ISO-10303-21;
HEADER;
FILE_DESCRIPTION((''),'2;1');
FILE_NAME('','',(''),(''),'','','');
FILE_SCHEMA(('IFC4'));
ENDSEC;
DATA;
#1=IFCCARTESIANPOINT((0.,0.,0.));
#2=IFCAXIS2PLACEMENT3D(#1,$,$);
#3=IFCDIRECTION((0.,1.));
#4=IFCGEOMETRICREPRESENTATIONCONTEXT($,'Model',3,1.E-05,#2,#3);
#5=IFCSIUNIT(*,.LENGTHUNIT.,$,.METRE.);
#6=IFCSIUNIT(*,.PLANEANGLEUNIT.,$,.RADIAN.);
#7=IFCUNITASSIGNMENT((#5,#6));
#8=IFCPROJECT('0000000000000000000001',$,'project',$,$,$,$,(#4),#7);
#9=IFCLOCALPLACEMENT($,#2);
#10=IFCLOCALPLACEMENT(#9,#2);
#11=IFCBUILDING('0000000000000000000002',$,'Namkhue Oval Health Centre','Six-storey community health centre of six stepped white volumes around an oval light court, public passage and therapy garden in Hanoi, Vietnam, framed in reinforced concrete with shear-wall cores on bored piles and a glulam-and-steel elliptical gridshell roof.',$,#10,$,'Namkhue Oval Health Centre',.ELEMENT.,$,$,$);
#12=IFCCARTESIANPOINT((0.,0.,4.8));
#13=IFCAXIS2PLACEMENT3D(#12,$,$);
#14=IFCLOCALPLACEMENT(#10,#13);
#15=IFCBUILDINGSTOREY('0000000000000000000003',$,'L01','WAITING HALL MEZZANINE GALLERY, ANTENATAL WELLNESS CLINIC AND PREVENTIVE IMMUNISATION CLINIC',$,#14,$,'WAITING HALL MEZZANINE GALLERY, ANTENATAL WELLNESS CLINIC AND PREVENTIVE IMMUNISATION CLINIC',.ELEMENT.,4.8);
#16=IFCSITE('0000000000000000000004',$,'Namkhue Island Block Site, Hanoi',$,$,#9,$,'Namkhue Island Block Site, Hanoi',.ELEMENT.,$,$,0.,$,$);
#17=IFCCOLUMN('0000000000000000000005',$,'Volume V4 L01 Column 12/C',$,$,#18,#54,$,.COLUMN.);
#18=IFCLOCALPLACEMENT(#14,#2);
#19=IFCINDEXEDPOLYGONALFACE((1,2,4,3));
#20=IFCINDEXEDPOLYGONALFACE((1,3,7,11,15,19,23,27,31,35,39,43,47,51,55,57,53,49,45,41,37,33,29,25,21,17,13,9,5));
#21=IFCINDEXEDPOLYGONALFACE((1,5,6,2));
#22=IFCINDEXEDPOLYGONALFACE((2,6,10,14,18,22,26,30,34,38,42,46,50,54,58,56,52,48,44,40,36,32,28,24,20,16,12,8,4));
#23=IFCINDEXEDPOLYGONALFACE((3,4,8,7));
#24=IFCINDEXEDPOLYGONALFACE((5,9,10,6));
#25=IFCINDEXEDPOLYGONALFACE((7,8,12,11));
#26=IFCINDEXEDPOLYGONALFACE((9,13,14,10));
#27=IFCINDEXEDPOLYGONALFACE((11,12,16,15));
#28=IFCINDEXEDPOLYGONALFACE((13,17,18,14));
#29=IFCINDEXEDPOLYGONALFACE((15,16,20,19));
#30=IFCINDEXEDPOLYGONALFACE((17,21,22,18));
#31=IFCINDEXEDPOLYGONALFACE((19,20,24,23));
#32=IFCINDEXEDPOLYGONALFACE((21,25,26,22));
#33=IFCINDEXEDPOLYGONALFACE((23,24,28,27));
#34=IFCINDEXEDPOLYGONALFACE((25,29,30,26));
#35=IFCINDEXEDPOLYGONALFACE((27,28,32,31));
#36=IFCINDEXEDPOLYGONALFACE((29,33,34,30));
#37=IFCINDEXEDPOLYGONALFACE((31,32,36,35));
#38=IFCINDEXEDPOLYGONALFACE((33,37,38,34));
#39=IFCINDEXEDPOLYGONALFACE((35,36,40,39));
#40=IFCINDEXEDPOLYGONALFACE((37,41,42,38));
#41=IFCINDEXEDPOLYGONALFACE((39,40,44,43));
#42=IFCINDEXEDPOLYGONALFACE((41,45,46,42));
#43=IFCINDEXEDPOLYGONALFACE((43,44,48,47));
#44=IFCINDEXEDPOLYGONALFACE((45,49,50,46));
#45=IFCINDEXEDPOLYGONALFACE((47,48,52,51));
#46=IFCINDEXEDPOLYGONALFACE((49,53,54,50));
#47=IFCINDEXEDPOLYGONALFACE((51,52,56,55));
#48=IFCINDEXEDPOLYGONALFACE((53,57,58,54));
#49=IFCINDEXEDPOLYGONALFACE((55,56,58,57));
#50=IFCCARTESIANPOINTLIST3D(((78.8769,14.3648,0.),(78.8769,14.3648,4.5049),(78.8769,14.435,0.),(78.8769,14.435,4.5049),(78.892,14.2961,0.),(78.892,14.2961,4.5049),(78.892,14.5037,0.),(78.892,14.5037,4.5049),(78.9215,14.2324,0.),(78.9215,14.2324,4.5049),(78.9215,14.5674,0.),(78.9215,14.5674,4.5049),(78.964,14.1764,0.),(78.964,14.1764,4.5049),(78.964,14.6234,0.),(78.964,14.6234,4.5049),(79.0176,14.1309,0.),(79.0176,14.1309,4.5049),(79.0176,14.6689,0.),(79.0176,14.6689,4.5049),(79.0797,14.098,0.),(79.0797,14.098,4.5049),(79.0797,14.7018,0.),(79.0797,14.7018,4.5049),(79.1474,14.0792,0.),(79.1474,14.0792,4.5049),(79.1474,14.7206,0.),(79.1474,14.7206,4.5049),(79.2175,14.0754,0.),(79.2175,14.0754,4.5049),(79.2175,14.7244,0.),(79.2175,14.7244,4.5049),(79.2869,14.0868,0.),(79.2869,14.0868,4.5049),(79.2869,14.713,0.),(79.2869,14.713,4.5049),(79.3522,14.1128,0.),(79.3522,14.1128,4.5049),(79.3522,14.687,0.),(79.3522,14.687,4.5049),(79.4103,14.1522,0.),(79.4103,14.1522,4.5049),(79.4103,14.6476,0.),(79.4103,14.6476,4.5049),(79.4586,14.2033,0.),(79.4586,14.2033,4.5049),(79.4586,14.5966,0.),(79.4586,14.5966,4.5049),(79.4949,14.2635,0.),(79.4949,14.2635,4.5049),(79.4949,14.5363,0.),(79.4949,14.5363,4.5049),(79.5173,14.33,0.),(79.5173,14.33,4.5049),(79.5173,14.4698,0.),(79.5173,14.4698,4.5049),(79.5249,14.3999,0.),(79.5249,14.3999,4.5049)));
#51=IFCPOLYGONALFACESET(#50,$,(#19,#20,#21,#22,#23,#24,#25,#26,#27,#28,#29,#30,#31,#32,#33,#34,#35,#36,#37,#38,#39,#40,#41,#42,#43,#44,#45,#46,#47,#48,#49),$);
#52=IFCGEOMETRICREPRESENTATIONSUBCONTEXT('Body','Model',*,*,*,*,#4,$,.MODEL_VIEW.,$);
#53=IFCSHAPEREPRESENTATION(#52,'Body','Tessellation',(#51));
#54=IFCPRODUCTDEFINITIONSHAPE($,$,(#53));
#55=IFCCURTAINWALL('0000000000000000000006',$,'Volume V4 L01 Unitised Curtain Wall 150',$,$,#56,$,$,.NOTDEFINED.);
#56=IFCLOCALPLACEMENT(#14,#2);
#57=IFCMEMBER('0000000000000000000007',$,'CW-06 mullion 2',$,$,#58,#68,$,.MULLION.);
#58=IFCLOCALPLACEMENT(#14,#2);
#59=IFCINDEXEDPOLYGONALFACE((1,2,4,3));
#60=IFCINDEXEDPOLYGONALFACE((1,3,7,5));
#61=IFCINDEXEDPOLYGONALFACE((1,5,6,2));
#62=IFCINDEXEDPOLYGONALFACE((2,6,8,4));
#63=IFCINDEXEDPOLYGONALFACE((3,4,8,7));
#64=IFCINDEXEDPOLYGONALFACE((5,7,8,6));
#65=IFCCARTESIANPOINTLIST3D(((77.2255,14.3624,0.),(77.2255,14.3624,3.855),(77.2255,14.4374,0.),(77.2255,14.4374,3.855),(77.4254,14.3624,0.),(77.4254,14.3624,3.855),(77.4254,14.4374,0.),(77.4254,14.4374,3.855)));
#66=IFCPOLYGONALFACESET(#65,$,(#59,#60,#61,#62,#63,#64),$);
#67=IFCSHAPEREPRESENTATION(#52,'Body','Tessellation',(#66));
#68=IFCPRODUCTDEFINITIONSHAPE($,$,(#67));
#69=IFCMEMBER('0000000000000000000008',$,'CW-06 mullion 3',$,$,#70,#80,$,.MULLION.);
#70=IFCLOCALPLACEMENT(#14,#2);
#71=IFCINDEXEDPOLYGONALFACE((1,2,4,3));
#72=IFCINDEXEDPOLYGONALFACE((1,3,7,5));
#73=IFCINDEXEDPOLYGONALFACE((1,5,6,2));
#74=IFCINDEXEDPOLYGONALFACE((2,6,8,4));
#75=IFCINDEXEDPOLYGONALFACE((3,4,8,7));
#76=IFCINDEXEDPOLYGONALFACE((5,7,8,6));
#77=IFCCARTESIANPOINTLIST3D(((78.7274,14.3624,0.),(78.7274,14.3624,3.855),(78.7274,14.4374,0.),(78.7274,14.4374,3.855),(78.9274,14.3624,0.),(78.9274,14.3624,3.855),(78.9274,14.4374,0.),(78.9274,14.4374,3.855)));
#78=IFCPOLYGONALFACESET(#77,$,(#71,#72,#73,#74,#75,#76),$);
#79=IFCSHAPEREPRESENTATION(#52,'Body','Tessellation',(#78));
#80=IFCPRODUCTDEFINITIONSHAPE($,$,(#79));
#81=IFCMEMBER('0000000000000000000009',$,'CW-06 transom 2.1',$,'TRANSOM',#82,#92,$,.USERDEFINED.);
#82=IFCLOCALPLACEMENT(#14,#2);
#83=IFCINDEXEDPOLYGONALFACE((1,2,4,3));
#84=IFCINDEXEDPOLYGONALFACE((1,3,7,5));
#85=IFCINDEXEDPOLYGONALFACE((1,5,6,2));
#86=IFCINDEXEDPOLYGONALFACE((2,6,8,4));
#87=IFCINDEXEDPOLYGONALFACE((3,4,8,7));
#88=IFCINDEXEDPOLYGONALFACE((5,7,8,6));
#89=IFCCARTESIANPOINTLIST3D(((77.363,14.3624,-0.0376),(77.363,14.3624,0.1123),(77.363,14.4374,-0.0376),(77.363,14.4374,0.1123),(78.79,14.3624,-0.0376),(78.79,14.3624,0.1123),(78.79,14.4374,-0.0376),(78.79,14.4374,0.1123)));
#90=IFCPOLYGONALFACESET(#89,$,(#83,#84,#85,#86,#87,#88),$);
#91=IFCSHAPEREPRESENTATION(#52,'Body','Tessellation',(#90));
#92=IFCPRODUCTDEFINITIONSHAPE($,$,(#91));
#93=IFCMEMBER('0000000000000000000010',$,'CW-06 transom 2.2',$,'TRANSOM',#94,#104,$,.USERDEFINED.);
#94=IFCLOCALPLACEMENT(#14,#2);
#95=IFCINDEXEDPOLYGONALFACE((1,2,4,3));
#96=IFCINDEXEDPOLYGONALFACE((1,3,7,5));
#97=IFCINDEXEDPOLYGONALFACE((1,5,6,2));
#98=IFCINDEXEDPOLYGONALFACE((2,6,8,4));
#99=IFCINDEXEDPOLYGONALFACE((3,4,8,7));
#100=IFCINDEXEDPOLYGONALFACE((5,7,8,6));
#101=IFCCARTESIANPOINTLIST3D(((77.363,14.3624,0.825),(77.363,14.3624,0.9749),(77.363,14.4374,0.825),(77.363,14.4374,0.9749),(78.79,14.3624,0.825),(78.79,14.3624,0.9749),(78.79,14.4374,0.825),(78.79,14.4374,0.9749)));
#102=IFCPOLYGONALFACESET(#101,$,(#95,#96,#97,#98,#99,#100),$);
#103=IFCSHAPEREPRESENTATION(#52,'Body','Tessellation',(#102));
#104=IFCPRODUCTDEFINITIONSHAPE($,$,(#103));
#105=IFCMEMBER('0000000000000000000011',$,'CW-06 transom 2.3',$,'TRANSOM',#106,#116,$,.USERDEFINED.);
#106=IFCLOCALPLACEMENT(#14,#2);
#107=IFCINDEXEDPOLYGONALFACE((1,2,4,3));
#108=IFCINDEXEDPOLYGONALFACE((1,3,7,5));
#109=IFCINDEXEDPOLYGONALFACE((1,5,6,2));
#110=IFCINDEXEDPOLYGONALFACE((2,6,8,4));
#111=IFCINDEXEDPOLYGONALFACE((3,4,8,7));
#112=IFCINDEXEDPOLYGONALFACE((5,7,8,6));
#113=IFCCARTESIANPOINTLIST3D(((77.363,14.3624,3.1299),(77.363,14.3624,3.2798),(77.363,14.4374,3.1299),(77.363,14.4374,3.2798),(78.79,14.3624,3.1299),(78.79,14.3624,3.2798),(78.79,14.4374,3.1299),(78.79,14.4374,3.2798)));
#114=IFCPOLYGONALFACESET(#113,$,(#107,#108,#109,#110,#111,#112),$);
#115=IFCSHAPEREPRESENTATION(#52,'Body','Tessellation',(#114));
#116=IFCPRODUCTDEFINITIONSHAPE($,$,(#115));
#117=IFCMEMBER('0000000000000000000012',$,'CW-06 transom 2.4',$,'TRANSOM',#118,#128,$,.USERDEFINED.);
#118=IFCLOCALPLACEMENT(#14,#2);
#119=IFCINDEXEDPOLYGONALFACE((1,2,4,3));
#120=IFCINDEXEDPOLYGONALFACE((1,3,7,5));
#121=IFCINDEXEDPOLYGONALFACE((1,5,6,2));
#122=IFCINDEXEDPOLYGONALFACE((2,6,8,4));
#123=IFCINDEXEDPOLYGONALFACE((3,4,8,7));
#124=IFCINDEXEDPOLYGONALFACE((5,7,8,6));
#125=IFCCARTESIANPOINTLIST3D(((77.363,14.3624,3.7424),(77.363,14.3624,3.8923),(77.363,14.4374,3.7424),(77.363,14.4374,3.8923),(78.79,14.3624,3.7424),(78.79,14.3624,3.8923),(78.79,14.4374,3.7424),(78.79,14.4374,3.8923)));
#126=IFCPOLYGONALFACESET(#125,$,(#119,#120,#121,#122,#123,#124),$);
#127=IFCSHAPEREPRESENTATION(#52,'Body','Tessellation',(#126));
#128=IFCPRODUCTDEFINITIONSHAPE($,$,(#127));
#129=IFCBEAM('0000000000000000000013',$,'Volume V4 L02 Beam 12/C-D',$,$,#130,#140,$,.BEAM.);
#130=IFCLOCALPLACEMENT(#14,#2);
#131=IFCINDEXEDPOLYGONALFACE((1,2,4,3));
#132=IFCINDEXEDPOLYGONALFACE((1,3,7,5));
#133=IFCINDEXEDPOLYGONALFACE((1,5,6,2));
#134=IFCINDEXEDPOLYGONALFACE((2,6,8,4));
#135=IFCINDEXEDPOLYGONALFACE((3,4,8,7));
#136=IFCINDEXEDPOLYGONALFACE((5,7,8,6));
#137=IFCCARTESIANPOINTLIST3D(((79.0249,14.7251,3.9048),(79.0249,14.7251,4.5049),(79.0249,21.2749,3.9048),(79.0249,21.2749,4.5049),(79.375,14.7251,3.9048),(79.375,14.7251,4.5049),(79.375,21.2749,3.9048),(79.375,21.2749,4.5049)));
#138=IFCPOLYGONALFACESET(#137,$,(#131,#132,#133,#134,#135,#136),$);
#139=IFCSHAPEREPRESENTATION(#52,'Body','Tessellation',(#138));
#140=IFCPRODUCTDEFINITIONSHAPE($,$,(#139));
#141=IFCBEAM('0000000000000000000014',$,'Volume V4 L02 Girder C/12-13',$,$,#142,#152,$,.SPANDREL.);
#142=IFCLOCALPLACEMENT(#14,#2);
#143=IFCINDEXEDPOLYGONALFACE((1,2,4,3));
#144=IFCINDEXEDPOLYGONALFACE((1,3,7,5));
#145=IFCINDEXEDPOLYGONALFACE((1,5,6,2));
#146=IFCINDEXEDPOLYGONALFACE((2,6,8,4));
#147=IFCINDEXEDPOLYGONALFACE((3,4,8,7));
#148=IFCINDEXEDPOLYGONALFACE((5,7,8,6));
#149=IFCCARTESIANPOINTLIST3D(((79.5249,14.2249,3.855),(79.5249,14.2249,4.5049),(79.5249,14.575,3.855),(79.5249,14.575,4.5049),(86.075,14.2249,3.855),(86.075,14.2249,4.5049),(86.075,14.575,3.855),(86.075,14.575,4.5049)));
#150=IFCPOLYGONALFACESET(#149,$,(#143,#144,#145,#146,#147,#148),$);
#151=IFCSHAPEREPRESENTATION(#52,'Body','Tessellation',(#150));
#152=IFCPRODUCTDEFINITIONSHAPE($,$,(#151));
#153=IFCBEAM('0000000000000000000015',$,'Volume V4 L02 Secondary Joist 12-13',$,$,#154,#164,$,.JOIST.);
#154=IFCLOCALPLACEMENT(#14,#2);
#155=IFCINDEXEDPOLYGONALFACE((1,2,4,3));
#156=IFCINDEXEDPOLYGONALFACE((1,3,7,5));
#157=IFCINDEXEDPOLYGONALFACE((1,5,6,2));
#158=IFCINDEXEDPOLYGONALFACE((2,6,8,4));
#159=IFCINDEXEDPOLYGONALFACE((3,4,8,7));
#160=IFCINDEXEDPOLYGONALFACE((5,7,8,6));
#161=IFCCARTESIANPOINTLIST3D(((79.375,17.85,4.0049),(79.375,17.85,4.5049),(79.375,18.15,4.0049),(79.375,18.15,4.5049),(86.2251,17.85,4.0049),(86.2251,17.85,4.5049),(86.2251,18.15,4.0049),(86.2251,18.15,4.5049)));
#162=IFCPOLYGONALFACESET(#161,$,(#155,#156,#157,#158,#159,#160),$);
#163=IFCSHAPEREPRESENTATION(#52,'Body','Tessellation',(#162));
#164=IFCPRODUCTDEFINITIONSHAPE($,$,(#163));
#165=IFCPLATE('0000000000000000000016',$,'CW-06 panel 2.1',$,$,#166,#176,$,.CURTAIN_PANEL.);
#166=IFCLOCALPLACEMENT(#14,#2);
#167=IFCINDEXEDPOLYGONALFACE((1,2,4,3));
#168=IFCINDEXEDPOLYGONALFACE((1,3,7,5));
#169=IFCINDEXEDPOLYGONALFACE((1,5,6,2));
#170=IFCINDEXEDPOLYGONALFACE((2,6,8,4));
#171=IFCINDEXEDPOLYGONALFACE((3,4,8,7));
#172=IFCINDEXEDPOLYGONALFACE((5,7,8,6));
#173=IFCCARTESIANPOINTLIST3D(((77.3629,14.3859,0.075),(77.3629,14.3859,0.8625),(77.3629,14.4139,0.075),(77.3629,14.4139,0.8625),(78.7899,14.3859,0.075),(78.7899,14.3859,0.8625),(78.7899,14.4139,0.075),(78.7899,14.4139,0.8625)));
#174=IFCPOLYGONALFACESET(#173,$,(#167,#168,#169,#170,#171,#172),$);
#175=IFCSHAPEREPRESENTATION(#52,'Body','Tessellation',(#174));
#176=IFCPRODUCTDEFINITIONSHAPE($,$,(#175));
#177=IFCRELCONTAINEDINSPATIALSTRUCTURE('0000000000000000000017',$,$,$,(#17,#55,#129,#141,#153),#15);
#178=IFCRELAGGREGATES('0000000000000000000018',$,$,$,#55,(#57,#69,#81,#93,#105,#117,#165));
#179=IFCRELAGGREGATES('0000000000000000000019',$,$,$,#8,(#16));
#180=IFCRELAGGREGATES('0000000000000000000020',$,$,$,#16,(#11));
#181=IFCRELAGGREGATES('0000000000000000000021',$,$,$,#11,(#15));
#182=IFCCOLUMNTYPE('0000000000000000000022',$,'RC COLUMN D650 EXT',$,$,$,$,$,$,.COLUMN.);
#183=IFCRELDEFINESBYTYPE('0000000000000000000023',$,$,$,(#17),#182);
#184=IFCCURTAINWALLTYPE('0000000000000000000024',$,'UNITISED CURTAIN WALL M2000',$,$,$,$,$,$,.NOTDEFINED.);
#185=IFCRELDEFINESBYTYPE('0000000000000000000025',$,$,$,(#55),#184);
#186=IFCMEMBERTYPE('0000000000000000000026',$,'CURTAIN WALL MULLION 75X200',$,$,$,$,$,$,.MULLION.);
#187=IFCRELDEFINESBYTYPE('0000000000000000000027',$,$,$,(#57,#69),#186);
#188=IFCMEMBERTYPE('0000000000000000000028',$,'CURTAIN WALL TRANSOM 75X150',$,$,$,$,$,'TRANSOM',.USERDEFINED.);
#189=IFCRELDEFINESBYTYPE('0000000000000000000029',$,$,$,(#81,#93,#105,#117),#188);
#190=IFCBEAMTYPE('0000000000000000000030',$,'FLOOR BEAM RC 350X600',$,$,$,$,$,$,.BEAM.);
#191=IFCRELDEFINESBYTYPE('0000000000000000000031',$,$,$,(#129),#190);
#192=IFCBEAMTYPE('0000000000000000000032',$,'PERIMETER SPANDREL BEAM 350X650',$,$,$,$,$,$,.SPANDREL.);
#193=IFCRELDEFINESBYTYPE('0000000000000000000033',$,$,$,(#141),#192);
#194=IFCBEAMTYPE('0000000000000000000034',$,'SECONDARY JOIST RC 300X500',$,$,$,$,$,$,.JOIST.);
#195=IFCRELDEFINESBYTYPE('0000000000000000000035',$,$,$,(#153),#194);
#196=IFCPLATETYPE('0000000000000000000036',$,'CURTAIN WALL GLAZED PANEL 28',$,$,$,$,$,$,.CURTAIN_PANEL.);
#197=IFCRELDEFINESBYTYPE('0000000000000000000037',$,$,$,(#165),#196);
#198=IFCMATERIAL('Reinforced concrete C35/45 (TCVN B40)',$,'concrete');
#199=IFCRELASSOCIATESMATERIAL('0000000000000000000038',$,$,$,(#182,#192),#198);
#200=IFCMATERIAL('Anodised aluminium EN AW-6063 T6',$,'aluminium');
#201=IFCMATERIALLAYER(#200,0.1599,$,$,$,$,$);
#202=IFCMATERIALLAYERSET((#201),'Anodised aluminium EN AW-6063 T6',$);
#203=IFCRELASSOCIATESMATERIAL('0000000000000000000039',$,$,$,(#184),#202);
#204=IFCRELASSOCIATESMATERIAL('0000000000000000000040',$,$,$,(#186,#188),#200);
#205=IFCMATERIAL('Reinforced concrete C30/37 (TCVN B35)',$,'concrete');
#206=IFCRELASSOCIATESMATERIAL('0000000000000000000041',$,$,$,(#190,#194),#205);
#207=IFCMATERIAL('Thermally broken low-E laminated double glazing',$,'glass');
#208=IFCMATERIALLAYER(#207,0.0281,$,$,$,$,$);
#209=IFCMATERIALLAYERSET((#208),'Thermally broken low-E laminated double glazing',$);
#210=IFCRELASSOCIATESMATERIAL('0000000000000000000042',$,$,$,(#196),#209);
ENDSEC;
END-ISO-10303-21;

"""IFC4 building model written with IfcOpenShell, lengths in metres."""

from ifc_helpers import new_model, si_unit, direction, frame, origin, origin_2d, place, context, subcontext, project, spatial, rectangle, circle, extrude, material, layer, layer_set, material_profile, profile_set, type_object, element, aggregate, save


model = new_model("IFC4")

# Units and contexts
model_context = context("Model", 3, precision=1e-05, world=origin(), true_north=direction((0.0, 1.0)))
body_context = subcontext(model_context, "Body", "Model", "MODEL_VIEW")
ifc_project = project(units=[si_unit("LENGTHUNIT", "METRE"), si_unit("PLANEANGLEUNIT", "RADIAN")], contexts=[model_context])

# Site, building, storey
site_placement = place(None, origin())
site = spatial("IfcSite", under=ifc_project, at=site_placement, Name="Namkhue Island Block Site, Hanoi", LongName="Namkhue Island Block Site, Hanoi", CompositionType="ELEMENT", RefElevation=0.0)
building_placement = place(site_placement, origin())
building = spatial("IfcBuilding", under=site, at=building_placement, Name="Namkhue Oval Health Centre", Description="Six-storey community health centre of six stepped white volumes around an oval light court, public passage and therapy garden in Hanoi, Vietnam, framed in reinforced concrete with shear-wall cores on bored piles and a glulam-and-steel elliptical gridshell roof.", LongName="Namkhue Oval Health Centre", CompositionType="ELEMENT")
storey_placement = place(building_placement, frame((0.0, 0.0, 4.8)))
storey = spatial("IfcBuildingStorey", under=building, at=storey_placement, Name="L01", Description="WAITING HALL MEZZANINE GALLERY, ANTENATAL WELLNESS CLINIC AND PREVENTIVE IMMUNISATION CLINIC", LongName="WAITING HALL MEZZANINE GALLERY, ANTENATAL WELLNESS CLINIC AND PREVENTIVE IMMUNISATION CLINIC", CompositionType="ELEMENT", Elevation=4.8)

# Column
ifc_material_1 = material(Name="Reinforced concrete C35/45 (TCVN B40)", Category="concrete")
ifc_material_profile_1 = material_profile(ifc_material_1, circle(Radius=0.325, at=origin_2d()), Name="RC D650")
ifc_profile_set_1 = profile_set([ifc_material_profile_1], Name="Reinforced concrete C35/45 (TCVN B40)")
column_type = type_object("IfcColumnType", Name="RC COLUMN D650 EXT", PredefinedType="COLUMN", material=ifc_profile_set_1)
column_placement = place(storey_placement, frame((79.2, 14.3999, 0.0), z_axis=(0.0, 0.0, 1.0), x_axis=(1.0, 0.0, 0.0)))
element("IfcColumn", 1, at=column_placement, inside=storey, type_object=column_type, Name="Volume V4 L01 Column 12/C", PredefinedType="COLUMN", context=body_context, shape_type="SweptSolid", body=[
    extrude(circle(Radius=0.325, at=origin_2d()), origin(), (0.0, 0.0, 1.0), 4.5049),
])

# Curtain wall, members
ifc_material_2 = material(Name="Anodised aluminium EN AW-6063 T6", Category="aluminium")
ifc_layer_1 = layer(ifc_material_2, 0.1599)
ifc_layer_set_1 = layer_set([ifc_layer_1], Name="Anodised aluminium EN AW-6063 T6")
curtain_wall_type = type_object("IfcCurtainWallType", Name="UNITISED CURTAIN WALL M2000", PredefinedType="NOTDEFINED", material=ifc_layer_set_1)
curtain_wall_placement = place(storey_placement, origin())
curtain_wall = element("IfcCurtainWall", 2, at=curtain_wall_placement, inside=storey, type_object=curtain_wall_type, Name="Volume V4 L01 Unitised Curtain Wall 150", PredefinedType="NOTDEFINED")
ifc_material_profile_2 = material_profile(ifc_material_2, rectangle(XDim=0.075, YDim=0.2, at=origin_2d()), Name="ALU 75x200")
ifc_profile_set_2 = profile_set([ifc_material_profile_2], Name="Anodised aluminium EN AW-6063 T6")
member_type_1 = type_object("IfcMemberType", Name="CURTAIN WALL MULLION 75X200", PredefinedType="MULLION", material=ifc_profile_set_2)
member_1_placement = place(storey_placement, frame((77.3254, 14.3999, 0.0), z_axis=(0.0, 0.0, 1.0), x_axis=(0.0, 1.0, 0.0)))
member_1 = element("IfcMember", 3, at=member_1_placement, type_object=member_type_1, Name="CW-06 mullion 2", PredefinedType="MULLION", context=body_context, shape_type="SweptSolid", body=[
    extrude(rectangle(XDim=0.075, YDim=0.2, at=origin_2d()), origin(), (0.0, 0.0, 1.0), 3.855),
])
member_2_placement = place(storey_placement, frame((78.8274, 14.3999, 0.0), z_axis=(0.0, 0.0, 1.0), x_axis=(0.0, 1.0, 0.0)))
member_2 = element("IfcMember", 4, at=member_2_placement, type_object=member_type_1, Name="CW-06 mullion 3", PredefinedType="MULLION", context=body_context, shape_type="SweptSolid", body=[
    extrude(rectangle(XDim=0.075, YDim=0.2, at=origin_2d()), origin(), (0.0, 0.0, 1.0), 3.855),
])
ifc_material_profile_3 = material_profile(ifc_material_2, rectangle(XDim=0.075, YDim=0.1499, at=origin_2d()), Name="ALU 75x150")
ifc_profile_set_3 = profile_set([ifc_material_profile_3], Name="Anodised aluminium EN AW-6063 T6")
member_type_2 = type_object("IfcMemberType", Name="CURTAIN WALL TRANSOM 75X150", ElementType="TRANSOM", PredefinedType="USERDEFINED", material=ifc_profile_set_3)
member_3_placement = place(storey_placement, frame((77.363, 14.3999, 0.0374), z_axis=(1.0, 0.0, 0.0), x_axis=(0.0, 1.0, 0.0)))
member_3 = element("IfcMember", 5, at=member_3_placement, type_object=member_type_2, Name="CW-06 transom 2.1", ObjectType="TRANSOM", PredefinedType="USERDEFINED", context=body_context, shape_type="SweptSolid", body=[
    extrude(rectangle(XDim=0.075, YDim=0.1499, at=origin_2d()), origin(), (0.0, 0.0, 1.0), 1.427),
])
member_4_placement = place(storey_placement, frame((77.363, 14.3999, 0.8999), z_axis=(1.0, 0.0, 0.0), x_axis=(0.0, 1.0, 0.0)))
member_4 = element("IfcMember", 6, at=member_4_placement, type_object=member_type_2, Name="CW-06 transom 2.2", ObjectType="TRANSOM", PredefinedType="USERDEFINED", context=body_context, shape_type="SweptSolid", body=[
    extrude(rectangle(XDim=0.075, YDim=0.1499, at=origin_2d()), origin(), (0.0, 0.0, 1.0), 1.427),
])
member_5_placement = place(storey_placement, frame((77.363, 14.3999, 3.2048), z_axis=(1.0, 0.0, 0.0), x_axis=(0.0, 1.0, 0.0)))
member_5 = element("IfcMember", 7, at=member_5_placement, type_object=member_type_2, Name="CW-06 transom 2.3", ObjectType="TRANSOM", PredefinedType="USERDEFINED", context=body_context, shape_type="SweptSolid", body=[
    extrude(rectangle(XDim=0.075, YDim=0.1499, at=origin_2d()), origin(), (0.0, 0.0, 1.0), 1.427),
])
member_6_placement = place(storey_placement, frame((77.363, 14.3999, 3.8174), z_axis=(1.0, 0.0, 0.0), x_axis=(0.0, 1.0, 0.0)))
member_6 = element("IfcMember", 8, at=member_6_placement, type_object=member_type_2, Name="CW-06 transom 2.4", ObjectType="TRANSOM", PredefinedType="USERDEFINED", context=body_context, shape_type="SweptSolid", body=[
    extrude(rectangle(XDim=0.075, YDim=0.1499, at=origin_2d()), origin(), (0.0, 0.0, 1.0), 1.427),
])

# Beams
ifc_material_3 = material(Name="Reinforced concrete C30/37 (TCVN B35)", Category="concrete")
ifc_material_profile_4 = material_profile(ifc_material_3, rectangle(XDim=0.3501, YDim=0.6001, at=origin_2d()), Name="RC 350x600")
ifc_profile_set_4 = profile_set([ifc_material_profile_4], Name="Reinforced concrete C30/37 (TCVN B35)")
beam_type_1 = type_object("IfcBeamType", Name="FLOOR BEAM RC 350X600", PredefinedType="BEAM", material=ifc_profile_set_4)
beam_1_placement = place(storey_placement, frame((79.2, 14.7251, 4.2048), z_axis=(0.0, 1.0, 0.0), x_axis=(-1.0, 0.0, 0.0)))
element("IfcBeam", 9, at=beam_1_placement, inside=storey, type_object=beam_type_1, Name="Volume V4 L02 Beam 12/C-D", PredefinedType="BEAM", context=body_context, shape_type="SweptSolid", body=[
    extrude(rectangle(XDim=0.3501, YDim=0.6001, at=origin_2d()), origin(), (0.0, 0.0, 1.0), 6.5498),
])
ifc_material_profile_5 = material_profile(ifc_material_1, rectangle(XDim=0.3501, YDim=0.6499, at=origin_2d()), Name="RC 350x650")
ifc_profile_set_5 = profile_set([ifc_material_profile_5], Name="Reinforced concrete C35/45 (TCVN B40)")
beam_type_2 = type_object("IfcBeamType", Name="PERIMETER SPANDREL BEAM 350X650", PredefinedType="SPANDREL", material=ifc_profile_set_5)
beam_2_placement = place(storey_placement, frame((79.5249, 14.3999, 4.1799), z_axis=(1.0, 0.0, 0.0), x_axis=(0.0, 1.0, 0.0)))
element("IfcBeam", 10, at=beam_2_placement, inside=storey, type_object=beam_type_2, Name="Volume V4 L02 Girder C/12-13", PredefinedType="SPANDREL", context=body_context, shape_type="SweptSolid", body=[
    extrude(rectangle(XDim=0.3501, YDim=0.6499, at=origin_2d()), origin(), (0.0, 0.0, 1.0), 6.55),
])
ifc_material_profile_6 = material_profile(ifc_material_3, rectangle(XDim=0.3, YDim=0.5, at=origin_2d()), Name="RC 300x500")
ifc_profile_set_6 = profile_set([ifc_material_profile_6], Name="Reinforced concrete C30/37 (TCVN B35)")
beam_type_3 = type_object("IfcBeamType", Name="SECONDARY JOIST RC 300X500", PredefinedType="JOIST", material=ifc_profile_set_6)
beam_3_placement = place(storey_placement, frame((79.375, 18.0, 4.2549), z_axis=(1.0, 0.0, 0.0), x_axis=(0.0, 1.0, 0.0)))
element("IfcBeam", 11, at=beam_3_placement, inside=storey, type_object=beam_type_3, Name="Volume V4 L02 Secondary Joist 12-13", PredefinedType="JOIST", context=body_context, shape_type="SweptSolid", body=[
    extrude(rectangle(XDim=0.3, YDim=0.5, at=origin_2d()), origin(), (0.0, 0.0, 1.0), 6.8501),
])

# Plate
ifc_material_4 = material(Name="Thermally broken low-E laminated double glazing", Category="glass")
ifc_layer_2 = layer(ifc_material_4, 0.0281)
ifc_layer_set_2 = layer_set([ifc_layer_2], Name="Thermally broken low-E laminated double glazing")
plate_type = type_object("IfcPlateType", Name="CURTAIN WALL GLAZED PANEL 28", PredefinedType="CURTAIN_PANEL", material=ifc_layer_set_2)
plate_1_placement = place(storey_placement, frame((78.0764, 14.3999, 0.075), z_axis=(0.0, 0.0, 1.0), x_axis=(1.0, 0.0, 0.0)))
plate_1 = element("IfcPlate", 12, at=plate_1_placement, type_object=plate_type, Name="CW-06 panel 2.1", PredefinedType="CURTAIN_PANEL", context=body_context, shape_type="SweptSolid", body=[
    extrude(rectangle(XDim=1.427, YDim=0.0281, at=origin_2d()), origin(), (0.0, 0.0, 1.0), 0.7876),
])
aggregate(curtain_wall, [member_1, member_2, member_3, member_4, member_5, member_6, plate_1])

save(model, "model.ifc")
